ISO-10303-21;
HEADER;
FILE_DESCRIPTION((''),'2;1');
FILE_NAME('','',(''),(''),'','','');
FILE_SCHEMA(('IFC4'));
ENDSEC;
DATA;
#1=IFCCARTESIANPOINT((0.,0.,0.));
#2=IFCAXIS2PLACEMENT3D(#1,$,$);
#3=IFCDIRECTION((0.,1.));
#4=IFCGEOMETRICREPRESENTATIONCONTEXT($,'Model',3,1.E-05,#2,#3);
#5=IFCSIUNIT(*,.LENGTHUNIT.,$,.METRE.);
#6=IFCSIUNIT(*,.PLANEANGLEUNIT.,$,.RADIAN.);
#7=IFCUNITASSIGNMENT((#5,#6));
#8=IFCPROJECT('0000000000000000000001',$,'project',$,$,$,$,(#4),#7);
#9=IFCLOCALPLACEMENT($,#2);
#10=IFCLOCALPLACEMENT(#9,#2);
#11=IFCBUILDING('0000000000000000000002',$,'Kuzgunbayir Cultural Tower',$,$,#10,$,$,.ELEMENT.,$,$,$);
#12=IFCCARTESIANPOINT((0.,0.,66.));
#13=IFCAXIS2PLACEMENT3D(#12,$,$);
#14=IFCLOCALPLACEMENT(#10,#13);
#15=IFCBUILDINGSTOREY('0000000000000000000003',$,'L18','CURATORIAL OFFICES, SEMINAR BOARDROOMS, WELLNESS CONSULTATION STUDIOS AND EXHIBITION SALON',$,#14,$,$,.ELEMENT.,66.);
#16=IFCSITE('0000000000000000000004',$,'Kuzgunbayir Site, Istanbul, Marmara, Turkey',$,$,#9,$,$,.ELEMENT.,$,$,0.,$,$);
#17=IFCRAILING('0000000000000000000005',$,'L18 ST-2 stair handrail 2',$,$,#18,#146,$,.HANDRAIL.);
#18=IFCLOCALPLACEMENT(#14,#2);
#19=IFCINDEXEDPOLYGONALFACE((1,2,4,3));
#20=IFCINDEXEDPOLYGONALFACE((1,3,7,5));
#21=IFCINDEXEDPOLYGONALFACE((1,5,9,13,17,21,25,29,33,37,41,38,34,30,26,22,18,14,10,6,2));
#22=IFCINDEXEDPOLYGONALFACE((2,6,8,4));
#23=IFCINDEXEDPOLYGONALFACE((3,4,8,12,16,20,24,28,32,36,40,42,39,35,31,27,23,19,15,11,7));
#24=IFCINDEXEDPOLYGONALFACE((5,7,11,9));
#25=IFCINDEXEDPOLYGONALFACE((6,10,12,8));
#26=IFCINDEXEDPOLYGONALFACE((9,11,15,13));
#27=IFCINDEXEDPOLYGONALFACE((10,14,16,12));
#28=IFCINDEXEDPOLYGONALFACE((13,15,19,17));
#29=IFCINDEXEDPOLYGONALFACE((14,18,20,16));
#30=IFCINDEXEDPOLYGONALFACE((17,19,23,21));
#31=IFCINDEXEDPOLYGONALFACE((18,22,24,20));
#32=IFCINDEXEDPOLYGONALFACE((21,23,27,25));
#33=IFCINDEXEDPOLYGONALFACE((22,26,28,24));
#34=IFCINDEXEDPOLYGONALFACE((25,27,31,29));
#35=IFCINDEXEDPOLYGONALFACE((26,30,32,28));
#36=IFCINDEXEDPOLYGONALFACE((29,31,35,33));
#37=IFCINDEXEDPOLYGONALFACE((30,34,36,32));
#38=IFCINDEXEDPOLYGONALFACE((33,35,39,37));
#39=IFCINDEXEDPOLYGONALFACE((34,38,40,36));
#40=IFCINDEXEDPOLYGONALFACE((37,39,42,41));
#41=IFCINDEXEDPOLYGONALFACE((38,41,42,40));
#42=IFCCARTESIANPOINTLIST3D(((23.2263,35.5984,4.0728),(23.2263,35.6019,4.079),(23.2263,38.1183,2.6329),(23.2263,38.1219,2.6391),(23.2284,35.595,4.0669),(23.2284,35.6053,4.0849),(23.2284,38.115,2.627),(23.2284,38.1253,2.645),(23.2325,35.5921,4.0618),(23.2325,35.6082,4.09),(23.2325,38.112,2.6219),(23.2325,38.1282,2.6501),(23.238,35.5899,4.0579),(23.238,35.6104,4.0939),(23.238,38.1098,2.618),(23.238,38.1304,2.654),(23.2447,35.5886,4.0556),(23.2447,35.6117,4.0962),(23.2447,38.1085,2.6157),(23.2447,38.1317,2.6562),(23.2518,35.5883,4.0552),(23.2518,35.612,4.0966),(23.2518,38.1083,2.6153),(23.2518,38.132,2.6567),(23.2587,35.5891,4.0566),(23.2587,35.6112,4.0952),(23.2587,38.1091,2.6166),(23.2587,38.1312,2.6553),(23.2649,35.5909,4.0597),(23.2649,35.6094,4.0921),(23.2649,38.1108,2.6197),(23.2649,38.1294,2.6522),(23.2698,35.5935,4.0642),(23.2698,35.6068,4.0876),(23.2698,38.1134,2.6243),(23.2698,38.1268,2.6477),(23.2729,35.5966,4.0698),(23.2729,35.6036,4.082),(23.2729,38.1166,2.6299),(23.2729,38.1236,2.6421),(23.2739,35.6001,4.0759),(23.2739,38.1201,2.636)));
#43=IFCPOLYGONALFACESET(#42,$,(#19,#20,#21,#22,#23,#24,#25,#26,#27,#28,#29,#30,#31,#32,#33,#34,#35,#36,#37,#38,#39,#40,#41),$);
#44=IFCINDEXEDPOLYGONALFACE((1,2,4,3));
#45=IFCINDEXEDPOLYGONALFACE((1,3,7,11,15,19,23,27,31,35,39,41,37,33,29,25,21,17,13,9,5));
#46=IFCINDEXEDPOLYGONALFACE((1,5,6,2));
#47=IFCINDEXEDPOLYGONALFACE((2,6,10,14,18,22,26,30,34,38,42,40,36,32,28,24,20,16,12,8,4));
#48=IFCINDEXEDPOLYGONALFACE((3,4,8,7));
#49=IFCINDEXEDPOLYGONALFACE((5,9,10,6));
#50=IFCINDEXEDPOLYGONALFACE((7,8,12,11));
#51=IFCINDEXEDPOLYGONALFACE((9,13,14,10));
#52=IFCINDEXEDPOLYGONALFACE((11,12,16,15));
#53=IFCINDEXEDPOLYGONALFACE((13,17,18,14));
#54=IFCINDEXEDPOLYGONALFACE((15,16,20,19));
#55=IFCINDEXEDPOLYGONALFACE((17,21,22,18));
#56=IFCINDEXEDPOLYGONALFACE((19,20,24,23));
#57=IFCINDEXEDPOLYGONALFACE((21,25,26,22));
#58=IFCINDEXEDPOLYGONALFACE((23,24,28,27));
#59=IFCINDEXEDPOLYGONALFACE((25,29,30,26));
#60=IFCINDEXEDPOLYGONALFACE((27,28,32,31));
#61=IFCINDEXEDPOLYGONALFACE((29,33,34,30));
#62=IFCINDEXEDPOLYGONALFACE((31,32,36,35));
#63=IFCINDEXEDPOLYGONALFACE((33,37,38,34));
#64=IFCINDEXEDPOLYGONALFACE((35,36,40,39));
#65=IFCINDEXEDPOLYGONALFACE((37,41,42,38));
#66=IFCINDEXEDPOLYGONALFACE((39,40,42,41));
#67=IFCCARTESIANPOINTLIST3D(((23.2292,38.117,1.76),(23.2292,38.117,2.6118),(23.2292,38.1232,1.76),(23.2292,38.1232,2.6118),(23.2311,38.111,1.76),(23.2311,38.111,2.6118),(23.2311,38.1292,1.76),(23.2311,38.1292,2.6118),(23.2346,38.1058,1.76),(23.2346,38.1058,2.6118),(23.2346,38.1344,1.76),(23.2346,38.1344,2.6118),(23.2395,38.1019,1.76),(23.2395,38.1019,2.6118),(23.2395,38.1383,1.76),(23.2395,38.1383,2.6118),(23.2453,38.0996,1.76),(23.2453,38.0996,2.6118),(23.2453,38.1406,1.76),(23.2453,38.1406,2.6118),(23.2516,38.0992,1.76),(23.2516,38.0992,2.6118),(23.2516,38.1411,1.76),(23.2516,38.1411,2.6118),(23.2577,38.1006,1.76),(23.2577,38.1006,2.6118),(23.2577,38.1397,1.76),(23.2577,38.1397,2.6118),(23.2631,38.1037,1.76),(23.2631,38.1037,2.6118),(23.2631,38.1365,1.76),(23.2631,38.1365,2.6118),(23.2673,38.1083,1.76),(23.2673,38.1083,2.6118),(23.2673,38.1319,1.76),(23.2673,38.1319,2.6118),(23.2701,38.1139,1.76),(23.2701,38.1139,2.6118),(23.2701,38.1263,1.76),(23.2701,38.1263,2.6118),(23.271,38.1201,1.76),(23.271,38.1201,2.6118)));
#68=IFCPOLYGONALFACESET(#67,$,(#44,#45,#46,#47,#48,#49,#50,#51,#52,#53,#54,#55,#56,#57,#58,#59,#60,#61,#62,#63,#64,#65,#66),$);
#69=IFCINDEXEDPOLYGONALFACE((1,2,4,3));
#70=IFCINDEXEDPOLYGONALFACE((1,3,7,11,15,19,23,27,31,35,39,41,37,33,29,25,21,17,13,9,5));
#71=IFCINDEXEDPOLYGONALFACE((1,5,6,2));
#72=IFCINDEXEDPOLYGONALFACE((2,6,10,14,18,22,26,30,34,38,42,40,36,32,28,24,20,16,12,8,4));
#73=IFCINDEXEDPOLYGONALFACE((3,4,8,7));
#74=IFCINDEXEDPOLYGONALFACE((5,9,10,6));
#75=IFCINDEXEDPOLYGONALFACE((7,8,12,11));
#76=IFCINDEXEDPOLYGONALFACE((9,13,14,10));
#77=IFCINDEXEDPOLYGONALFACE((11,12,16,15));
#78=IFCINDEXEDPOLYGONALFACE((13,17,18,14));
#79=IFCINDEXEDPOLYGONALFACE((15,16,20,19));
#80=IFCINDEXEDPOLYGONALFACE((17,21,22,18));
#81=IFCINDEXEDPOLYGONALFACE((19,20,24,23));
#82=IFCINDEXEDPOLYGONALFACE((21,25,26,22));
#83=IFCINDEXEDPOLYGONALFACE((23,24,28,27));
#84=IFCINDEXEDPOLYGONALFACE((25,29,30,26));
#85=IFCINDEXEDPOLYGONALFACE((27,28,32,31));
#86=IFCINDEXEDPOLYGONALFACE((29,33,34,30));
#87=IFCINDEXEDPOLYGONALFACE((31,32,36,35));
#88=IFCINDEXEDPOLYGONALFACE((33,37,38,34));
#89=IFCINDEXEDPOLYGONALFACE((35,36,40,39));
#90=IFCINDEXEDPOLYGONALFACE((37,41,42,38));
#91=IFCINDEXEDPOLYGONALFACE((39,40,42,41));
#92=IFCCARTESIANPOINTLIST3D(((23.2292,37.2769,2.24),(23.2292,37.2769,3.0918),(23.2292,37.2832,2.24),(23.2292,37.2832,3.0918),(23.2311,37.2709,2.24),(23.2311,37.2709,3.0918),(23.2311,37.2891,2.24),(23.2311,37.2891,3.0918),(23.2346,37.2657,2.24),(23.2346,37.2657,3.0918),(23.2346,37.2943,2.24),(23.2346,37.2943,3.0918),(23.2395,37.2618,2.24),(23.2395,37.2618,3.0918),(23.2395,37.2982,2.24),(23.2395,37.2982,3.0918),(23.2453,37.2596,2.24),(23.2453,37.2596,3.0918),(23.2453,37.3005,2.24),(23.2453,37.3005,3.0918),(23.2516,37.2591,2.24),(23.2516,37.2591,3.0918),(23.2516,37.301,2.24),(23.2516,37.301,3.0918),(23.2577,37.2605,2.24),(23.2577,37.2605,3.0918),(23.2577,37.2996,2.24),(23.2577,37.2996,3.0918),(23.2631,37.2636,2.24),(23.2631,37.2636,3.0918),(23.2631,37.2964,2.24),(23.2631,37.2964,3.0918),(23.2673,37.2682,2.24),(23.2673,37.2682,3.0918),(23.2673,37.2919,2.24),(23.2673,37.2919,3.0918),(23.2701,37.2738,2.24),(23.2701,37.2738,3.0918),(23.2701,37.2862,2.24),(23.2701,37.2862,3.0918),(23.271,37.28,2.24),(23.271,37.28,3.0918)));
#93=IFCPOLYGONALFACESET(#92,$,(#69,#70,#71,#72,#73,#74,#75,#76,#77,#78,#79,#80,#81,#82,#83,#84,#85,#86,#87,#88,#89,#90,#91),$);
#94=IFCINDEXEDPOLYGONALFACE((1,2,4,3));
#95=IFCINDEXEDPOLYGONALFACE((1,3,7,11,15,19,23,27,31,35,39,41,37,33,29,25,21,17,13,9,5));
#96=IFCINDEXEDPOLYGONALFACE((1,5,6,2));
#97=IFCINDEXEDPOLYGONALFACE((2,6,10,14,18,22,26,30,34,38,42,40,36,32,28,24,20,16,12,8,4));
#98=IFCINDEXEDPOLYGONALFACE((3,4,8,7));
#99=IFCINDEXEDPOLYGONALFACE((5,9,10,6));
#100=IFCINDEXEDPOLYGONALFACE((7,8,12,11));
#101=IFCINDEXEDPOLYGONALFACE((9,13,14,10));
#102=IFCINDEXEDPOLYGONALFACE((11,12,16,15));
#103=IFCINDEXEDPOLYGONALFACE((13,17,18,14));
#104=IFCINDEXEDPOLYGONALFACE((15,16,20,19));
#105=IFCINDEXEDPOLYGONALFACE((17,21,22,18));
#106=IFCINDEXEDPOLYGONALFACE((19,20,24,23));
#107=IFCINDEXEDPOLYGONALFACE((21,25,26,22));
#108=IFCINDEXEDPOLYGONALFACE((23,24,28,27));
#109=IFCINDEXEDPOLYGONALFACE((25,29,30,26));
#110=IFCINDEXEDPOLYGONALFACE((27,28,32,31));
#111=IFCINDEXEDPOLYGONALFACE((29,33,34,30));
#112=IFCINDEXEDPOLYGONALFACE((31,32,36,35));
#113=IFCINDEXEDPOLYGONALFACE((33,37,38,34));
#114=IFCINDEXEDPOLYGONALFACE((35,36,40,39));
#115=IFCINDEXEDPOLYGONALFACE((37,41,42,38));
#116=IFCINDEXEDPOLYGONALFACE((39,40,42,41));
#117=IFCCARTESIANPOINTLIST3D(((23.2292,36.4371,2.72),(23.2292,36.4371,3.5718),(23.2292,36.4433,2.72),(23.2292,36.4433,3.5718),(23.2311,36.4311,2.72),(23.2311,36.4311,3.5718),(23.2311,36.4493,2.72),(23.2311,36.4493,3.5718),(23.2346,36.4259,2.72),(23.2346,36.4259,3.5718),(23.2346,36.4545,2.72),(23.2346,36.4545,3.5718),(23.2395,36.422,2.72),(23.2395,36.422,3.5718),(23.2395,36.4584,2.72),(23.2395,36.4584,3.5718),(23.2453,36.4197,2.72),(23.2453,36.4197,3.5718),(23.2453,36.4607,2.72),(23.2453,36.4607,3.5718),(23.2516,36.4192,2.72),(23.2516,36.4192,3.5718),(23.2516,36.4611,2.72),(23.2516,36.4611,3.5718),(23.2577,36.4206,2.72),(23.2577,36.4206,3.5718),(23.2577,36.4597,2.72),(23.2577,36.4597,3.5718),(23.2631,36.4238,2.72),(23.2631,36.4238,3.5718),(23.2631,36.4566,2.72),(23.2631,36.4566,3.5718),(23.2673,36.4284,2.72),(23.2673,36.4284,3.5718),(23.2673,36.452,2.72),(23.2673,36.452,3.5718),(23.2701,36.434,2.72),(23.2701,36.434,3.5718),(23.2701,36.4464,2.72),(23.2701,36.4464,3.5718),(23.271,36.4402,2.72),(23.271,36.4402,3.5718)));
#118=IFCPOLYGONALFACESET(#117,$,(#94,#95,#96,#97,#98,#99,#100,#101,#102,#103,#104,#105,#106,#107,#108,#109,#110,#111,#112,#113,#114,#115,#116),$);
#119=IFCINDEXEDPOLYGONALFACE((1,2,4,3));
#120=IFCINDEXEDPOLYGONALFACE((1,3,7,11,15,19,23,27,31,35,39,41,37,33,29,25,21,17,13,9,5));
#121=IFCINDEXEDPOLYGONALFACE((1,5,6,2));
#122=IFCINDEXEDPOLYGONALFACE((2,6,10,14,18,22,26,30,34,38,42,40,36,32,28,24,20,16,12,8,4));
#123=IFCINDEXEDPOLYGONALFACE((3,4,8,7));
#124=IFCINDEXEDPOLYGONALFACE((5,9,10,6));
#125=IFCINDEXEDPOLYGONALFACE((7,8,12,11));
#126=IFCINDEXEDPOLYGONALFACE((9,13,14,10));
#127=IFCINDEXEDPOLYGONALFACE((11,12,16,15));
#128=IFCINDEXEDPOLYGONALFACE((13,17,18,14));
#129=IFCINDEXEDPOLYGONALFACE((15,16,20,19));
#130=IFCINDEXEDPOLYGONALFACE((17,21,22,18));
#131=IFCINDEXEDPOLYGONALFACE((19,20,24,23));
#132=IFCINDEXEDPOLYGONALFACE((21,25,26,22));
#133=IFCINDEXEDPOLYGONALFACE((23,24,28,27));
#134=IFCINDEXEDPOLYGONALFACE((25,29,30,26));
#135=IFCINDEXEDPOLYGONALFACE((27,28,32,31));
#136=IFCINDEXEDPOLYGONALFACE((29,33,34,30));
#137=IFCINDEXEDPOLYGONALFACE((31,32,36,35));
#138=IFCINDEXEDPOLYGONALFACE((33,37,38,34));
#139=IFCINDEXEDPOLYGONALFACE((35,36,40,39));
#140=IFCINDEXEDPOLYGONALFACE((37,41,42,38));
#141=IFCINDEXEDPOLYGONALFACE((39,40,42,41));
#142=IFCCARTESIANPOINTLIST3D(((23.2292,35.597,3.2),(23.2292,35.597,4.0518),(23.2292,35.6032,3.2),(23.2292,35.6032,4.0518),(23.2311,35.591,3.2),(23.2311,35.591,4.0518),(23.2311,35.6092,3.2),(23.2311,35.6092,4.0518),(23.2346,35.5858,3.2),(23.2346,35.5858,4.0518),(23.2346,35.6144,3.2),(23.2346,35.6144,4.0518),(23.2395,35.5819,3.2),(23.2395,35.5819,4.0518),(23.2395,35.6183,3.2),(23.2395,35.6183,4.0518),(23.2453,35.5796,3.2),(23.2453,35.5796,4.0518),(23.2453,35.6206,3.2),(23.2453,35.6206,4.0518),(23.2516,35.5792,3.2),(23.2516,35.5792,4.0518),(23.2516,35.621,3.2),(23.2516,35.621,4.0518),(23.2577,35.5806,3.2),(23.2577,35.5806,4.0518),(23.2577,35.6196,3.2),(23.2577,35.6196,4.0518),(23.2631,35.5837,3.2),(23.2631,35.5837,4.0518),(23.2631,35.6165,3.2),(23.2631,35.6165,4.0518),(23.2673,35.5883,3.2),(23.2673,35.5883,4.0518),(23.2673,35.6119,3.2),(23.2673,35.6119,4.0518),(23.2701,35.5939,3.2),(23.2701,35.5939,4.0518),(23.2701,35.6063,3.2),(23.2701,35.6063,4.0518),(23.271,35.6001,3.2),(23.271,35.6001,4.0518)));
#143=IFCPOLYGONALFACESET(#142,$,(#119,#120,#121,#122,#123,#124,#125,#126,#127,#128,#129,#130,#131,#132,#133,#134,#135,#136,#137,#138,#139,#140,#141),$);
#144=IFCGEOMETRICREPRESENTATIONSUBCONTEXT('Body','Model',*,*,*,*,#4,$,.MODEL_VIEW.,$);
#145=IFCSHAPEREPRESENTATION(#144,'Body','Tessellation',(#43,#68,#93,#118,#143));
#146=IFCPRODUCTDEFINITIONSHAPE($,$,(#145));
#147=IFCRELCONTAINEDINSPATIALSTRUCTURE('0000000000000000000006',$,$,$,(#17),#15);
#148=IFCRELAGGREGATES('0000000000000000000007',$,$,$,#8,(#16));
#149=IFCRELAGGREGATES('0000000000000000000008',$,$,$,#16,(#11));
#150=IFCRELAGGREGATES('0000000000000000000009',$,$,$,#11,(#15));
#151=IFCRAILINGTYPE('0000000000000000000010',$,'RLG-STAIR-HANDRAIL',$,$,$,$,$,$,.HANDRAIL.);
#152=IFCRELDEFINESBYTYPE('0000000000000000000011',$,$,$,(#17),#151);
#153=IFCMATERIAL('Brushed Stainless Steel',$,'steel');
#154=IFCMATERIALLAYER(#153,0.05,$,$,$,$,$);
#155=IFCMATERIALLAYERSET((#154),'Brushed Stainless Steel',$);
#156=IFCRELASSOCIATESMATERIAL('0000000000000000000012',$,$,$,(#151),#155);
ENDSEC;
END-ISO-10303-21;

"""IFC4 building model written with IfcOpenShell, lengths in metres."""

from ifc_helpers import new_model, si_unit, direction, frame, origin, origin_2d, place, context, subcontext, project, spatial, circle, extrude, material, layer, layer_set, type_object, element, save


model = new_model("IFC4")

# Units and contexts
model_context = context("Model", 3, precision=1e-05, world=origin(), true_north=direction((0.0, 1.0)))
body_context = subcontext(model_context, "Body", "Model", "MODEL_VIEW")
ifc_project = project(units=[si_unit("LENGTHUNIT", "METRE"), si_unit("PLANEANGLEUNIT", "RADIAN")], contexts=[model_context])

# Site, building, storey
site_placement = place(None, origin())
site = spatial("IfcSite", under=ifc_project, at=site_placement, Name="Kuzgunbayir Site, Istanbul, Marmara, Turkey", CompositionType="ELEMENT", RefElevation=0.0)
building_placement = place(site_placement, origin())
building = spatial("IfcBuilding", under=site, at=building_placement, Name="Kuzgunbayir Cultural Tower", CompositionType="ELEMENT")
storey_placement = place(building_placement, frame((0.0, 0.0, 66.0)))
storey = spatial("IfcBuildingStorey", under=building, at=storey_placement, Name="L18", Description="CURATORIAL OFFICES, SEMINAR BOARDROOMS, WELLNESS CONSULTATION STUDIOS AND EXHIBITION SALON", CompositionType="ELEMENT", Elevation=66.0)

# Shared definitions
ifc_material_1 = material(Name="Brushed Stainless Steel", Category="steel")

# Railing
ifc_layer_1 = layer(ifc_material_1, 0.05)
ifc_layer_set_1 = layer_set([ifc_layer_1], Name="Brushed Stainless Steel")
railing_type_1 = type_object("IfcRailingType", Name="RLG-STAIR-HANDRAIL", PredefinedType="HANDRAIL", material=ifc_layer_set_1)
railing_1_placement = place(storey_placement, frame((23.25, 38.1201, 1.76)))
element("IfcRailing", 1, at=railing_1_placement, inside=storey, type_object=railing_type_1, Name="L18 ST-2 stair handrail 2", PredefinedType="HANDRAIL", context=body_context, shape_type="SweptSolid", body=[
    extrude(circle(Radius=0.0239, at=origin_2d()), frame((0.0, 0.0, 0.876), z_axis=(0.0, -0.868253, 0.496121), x_axis=(1.0, 0.0, 0.0)), (0.0, 0.0, 1.0), 2.9023),
    extrude(circle(Radius=0.021, at=origin_2d()), origin(), (0.0, 0.0, 1.0), 0.8518),
    extrude(circle(Radius=0.021, at=origin_2d()), frame((0.0, -0.8401, 0.48)), (0.0, 0.0, 1.0), 0.8518),
    extrude(circle(Radius=0.021, at=origin_2d()), frame((0.0, -1.6799, 0.96)), (0.0, 0.0, 1.0), 0.8518),
    extrude(circle(Radius=0.021, at=origin_2d()), frame((0.0, -2.52, 1.4399)), (0.0, 0.0, 1.0), 0.8518),
])

save(model, "model.ifc")
